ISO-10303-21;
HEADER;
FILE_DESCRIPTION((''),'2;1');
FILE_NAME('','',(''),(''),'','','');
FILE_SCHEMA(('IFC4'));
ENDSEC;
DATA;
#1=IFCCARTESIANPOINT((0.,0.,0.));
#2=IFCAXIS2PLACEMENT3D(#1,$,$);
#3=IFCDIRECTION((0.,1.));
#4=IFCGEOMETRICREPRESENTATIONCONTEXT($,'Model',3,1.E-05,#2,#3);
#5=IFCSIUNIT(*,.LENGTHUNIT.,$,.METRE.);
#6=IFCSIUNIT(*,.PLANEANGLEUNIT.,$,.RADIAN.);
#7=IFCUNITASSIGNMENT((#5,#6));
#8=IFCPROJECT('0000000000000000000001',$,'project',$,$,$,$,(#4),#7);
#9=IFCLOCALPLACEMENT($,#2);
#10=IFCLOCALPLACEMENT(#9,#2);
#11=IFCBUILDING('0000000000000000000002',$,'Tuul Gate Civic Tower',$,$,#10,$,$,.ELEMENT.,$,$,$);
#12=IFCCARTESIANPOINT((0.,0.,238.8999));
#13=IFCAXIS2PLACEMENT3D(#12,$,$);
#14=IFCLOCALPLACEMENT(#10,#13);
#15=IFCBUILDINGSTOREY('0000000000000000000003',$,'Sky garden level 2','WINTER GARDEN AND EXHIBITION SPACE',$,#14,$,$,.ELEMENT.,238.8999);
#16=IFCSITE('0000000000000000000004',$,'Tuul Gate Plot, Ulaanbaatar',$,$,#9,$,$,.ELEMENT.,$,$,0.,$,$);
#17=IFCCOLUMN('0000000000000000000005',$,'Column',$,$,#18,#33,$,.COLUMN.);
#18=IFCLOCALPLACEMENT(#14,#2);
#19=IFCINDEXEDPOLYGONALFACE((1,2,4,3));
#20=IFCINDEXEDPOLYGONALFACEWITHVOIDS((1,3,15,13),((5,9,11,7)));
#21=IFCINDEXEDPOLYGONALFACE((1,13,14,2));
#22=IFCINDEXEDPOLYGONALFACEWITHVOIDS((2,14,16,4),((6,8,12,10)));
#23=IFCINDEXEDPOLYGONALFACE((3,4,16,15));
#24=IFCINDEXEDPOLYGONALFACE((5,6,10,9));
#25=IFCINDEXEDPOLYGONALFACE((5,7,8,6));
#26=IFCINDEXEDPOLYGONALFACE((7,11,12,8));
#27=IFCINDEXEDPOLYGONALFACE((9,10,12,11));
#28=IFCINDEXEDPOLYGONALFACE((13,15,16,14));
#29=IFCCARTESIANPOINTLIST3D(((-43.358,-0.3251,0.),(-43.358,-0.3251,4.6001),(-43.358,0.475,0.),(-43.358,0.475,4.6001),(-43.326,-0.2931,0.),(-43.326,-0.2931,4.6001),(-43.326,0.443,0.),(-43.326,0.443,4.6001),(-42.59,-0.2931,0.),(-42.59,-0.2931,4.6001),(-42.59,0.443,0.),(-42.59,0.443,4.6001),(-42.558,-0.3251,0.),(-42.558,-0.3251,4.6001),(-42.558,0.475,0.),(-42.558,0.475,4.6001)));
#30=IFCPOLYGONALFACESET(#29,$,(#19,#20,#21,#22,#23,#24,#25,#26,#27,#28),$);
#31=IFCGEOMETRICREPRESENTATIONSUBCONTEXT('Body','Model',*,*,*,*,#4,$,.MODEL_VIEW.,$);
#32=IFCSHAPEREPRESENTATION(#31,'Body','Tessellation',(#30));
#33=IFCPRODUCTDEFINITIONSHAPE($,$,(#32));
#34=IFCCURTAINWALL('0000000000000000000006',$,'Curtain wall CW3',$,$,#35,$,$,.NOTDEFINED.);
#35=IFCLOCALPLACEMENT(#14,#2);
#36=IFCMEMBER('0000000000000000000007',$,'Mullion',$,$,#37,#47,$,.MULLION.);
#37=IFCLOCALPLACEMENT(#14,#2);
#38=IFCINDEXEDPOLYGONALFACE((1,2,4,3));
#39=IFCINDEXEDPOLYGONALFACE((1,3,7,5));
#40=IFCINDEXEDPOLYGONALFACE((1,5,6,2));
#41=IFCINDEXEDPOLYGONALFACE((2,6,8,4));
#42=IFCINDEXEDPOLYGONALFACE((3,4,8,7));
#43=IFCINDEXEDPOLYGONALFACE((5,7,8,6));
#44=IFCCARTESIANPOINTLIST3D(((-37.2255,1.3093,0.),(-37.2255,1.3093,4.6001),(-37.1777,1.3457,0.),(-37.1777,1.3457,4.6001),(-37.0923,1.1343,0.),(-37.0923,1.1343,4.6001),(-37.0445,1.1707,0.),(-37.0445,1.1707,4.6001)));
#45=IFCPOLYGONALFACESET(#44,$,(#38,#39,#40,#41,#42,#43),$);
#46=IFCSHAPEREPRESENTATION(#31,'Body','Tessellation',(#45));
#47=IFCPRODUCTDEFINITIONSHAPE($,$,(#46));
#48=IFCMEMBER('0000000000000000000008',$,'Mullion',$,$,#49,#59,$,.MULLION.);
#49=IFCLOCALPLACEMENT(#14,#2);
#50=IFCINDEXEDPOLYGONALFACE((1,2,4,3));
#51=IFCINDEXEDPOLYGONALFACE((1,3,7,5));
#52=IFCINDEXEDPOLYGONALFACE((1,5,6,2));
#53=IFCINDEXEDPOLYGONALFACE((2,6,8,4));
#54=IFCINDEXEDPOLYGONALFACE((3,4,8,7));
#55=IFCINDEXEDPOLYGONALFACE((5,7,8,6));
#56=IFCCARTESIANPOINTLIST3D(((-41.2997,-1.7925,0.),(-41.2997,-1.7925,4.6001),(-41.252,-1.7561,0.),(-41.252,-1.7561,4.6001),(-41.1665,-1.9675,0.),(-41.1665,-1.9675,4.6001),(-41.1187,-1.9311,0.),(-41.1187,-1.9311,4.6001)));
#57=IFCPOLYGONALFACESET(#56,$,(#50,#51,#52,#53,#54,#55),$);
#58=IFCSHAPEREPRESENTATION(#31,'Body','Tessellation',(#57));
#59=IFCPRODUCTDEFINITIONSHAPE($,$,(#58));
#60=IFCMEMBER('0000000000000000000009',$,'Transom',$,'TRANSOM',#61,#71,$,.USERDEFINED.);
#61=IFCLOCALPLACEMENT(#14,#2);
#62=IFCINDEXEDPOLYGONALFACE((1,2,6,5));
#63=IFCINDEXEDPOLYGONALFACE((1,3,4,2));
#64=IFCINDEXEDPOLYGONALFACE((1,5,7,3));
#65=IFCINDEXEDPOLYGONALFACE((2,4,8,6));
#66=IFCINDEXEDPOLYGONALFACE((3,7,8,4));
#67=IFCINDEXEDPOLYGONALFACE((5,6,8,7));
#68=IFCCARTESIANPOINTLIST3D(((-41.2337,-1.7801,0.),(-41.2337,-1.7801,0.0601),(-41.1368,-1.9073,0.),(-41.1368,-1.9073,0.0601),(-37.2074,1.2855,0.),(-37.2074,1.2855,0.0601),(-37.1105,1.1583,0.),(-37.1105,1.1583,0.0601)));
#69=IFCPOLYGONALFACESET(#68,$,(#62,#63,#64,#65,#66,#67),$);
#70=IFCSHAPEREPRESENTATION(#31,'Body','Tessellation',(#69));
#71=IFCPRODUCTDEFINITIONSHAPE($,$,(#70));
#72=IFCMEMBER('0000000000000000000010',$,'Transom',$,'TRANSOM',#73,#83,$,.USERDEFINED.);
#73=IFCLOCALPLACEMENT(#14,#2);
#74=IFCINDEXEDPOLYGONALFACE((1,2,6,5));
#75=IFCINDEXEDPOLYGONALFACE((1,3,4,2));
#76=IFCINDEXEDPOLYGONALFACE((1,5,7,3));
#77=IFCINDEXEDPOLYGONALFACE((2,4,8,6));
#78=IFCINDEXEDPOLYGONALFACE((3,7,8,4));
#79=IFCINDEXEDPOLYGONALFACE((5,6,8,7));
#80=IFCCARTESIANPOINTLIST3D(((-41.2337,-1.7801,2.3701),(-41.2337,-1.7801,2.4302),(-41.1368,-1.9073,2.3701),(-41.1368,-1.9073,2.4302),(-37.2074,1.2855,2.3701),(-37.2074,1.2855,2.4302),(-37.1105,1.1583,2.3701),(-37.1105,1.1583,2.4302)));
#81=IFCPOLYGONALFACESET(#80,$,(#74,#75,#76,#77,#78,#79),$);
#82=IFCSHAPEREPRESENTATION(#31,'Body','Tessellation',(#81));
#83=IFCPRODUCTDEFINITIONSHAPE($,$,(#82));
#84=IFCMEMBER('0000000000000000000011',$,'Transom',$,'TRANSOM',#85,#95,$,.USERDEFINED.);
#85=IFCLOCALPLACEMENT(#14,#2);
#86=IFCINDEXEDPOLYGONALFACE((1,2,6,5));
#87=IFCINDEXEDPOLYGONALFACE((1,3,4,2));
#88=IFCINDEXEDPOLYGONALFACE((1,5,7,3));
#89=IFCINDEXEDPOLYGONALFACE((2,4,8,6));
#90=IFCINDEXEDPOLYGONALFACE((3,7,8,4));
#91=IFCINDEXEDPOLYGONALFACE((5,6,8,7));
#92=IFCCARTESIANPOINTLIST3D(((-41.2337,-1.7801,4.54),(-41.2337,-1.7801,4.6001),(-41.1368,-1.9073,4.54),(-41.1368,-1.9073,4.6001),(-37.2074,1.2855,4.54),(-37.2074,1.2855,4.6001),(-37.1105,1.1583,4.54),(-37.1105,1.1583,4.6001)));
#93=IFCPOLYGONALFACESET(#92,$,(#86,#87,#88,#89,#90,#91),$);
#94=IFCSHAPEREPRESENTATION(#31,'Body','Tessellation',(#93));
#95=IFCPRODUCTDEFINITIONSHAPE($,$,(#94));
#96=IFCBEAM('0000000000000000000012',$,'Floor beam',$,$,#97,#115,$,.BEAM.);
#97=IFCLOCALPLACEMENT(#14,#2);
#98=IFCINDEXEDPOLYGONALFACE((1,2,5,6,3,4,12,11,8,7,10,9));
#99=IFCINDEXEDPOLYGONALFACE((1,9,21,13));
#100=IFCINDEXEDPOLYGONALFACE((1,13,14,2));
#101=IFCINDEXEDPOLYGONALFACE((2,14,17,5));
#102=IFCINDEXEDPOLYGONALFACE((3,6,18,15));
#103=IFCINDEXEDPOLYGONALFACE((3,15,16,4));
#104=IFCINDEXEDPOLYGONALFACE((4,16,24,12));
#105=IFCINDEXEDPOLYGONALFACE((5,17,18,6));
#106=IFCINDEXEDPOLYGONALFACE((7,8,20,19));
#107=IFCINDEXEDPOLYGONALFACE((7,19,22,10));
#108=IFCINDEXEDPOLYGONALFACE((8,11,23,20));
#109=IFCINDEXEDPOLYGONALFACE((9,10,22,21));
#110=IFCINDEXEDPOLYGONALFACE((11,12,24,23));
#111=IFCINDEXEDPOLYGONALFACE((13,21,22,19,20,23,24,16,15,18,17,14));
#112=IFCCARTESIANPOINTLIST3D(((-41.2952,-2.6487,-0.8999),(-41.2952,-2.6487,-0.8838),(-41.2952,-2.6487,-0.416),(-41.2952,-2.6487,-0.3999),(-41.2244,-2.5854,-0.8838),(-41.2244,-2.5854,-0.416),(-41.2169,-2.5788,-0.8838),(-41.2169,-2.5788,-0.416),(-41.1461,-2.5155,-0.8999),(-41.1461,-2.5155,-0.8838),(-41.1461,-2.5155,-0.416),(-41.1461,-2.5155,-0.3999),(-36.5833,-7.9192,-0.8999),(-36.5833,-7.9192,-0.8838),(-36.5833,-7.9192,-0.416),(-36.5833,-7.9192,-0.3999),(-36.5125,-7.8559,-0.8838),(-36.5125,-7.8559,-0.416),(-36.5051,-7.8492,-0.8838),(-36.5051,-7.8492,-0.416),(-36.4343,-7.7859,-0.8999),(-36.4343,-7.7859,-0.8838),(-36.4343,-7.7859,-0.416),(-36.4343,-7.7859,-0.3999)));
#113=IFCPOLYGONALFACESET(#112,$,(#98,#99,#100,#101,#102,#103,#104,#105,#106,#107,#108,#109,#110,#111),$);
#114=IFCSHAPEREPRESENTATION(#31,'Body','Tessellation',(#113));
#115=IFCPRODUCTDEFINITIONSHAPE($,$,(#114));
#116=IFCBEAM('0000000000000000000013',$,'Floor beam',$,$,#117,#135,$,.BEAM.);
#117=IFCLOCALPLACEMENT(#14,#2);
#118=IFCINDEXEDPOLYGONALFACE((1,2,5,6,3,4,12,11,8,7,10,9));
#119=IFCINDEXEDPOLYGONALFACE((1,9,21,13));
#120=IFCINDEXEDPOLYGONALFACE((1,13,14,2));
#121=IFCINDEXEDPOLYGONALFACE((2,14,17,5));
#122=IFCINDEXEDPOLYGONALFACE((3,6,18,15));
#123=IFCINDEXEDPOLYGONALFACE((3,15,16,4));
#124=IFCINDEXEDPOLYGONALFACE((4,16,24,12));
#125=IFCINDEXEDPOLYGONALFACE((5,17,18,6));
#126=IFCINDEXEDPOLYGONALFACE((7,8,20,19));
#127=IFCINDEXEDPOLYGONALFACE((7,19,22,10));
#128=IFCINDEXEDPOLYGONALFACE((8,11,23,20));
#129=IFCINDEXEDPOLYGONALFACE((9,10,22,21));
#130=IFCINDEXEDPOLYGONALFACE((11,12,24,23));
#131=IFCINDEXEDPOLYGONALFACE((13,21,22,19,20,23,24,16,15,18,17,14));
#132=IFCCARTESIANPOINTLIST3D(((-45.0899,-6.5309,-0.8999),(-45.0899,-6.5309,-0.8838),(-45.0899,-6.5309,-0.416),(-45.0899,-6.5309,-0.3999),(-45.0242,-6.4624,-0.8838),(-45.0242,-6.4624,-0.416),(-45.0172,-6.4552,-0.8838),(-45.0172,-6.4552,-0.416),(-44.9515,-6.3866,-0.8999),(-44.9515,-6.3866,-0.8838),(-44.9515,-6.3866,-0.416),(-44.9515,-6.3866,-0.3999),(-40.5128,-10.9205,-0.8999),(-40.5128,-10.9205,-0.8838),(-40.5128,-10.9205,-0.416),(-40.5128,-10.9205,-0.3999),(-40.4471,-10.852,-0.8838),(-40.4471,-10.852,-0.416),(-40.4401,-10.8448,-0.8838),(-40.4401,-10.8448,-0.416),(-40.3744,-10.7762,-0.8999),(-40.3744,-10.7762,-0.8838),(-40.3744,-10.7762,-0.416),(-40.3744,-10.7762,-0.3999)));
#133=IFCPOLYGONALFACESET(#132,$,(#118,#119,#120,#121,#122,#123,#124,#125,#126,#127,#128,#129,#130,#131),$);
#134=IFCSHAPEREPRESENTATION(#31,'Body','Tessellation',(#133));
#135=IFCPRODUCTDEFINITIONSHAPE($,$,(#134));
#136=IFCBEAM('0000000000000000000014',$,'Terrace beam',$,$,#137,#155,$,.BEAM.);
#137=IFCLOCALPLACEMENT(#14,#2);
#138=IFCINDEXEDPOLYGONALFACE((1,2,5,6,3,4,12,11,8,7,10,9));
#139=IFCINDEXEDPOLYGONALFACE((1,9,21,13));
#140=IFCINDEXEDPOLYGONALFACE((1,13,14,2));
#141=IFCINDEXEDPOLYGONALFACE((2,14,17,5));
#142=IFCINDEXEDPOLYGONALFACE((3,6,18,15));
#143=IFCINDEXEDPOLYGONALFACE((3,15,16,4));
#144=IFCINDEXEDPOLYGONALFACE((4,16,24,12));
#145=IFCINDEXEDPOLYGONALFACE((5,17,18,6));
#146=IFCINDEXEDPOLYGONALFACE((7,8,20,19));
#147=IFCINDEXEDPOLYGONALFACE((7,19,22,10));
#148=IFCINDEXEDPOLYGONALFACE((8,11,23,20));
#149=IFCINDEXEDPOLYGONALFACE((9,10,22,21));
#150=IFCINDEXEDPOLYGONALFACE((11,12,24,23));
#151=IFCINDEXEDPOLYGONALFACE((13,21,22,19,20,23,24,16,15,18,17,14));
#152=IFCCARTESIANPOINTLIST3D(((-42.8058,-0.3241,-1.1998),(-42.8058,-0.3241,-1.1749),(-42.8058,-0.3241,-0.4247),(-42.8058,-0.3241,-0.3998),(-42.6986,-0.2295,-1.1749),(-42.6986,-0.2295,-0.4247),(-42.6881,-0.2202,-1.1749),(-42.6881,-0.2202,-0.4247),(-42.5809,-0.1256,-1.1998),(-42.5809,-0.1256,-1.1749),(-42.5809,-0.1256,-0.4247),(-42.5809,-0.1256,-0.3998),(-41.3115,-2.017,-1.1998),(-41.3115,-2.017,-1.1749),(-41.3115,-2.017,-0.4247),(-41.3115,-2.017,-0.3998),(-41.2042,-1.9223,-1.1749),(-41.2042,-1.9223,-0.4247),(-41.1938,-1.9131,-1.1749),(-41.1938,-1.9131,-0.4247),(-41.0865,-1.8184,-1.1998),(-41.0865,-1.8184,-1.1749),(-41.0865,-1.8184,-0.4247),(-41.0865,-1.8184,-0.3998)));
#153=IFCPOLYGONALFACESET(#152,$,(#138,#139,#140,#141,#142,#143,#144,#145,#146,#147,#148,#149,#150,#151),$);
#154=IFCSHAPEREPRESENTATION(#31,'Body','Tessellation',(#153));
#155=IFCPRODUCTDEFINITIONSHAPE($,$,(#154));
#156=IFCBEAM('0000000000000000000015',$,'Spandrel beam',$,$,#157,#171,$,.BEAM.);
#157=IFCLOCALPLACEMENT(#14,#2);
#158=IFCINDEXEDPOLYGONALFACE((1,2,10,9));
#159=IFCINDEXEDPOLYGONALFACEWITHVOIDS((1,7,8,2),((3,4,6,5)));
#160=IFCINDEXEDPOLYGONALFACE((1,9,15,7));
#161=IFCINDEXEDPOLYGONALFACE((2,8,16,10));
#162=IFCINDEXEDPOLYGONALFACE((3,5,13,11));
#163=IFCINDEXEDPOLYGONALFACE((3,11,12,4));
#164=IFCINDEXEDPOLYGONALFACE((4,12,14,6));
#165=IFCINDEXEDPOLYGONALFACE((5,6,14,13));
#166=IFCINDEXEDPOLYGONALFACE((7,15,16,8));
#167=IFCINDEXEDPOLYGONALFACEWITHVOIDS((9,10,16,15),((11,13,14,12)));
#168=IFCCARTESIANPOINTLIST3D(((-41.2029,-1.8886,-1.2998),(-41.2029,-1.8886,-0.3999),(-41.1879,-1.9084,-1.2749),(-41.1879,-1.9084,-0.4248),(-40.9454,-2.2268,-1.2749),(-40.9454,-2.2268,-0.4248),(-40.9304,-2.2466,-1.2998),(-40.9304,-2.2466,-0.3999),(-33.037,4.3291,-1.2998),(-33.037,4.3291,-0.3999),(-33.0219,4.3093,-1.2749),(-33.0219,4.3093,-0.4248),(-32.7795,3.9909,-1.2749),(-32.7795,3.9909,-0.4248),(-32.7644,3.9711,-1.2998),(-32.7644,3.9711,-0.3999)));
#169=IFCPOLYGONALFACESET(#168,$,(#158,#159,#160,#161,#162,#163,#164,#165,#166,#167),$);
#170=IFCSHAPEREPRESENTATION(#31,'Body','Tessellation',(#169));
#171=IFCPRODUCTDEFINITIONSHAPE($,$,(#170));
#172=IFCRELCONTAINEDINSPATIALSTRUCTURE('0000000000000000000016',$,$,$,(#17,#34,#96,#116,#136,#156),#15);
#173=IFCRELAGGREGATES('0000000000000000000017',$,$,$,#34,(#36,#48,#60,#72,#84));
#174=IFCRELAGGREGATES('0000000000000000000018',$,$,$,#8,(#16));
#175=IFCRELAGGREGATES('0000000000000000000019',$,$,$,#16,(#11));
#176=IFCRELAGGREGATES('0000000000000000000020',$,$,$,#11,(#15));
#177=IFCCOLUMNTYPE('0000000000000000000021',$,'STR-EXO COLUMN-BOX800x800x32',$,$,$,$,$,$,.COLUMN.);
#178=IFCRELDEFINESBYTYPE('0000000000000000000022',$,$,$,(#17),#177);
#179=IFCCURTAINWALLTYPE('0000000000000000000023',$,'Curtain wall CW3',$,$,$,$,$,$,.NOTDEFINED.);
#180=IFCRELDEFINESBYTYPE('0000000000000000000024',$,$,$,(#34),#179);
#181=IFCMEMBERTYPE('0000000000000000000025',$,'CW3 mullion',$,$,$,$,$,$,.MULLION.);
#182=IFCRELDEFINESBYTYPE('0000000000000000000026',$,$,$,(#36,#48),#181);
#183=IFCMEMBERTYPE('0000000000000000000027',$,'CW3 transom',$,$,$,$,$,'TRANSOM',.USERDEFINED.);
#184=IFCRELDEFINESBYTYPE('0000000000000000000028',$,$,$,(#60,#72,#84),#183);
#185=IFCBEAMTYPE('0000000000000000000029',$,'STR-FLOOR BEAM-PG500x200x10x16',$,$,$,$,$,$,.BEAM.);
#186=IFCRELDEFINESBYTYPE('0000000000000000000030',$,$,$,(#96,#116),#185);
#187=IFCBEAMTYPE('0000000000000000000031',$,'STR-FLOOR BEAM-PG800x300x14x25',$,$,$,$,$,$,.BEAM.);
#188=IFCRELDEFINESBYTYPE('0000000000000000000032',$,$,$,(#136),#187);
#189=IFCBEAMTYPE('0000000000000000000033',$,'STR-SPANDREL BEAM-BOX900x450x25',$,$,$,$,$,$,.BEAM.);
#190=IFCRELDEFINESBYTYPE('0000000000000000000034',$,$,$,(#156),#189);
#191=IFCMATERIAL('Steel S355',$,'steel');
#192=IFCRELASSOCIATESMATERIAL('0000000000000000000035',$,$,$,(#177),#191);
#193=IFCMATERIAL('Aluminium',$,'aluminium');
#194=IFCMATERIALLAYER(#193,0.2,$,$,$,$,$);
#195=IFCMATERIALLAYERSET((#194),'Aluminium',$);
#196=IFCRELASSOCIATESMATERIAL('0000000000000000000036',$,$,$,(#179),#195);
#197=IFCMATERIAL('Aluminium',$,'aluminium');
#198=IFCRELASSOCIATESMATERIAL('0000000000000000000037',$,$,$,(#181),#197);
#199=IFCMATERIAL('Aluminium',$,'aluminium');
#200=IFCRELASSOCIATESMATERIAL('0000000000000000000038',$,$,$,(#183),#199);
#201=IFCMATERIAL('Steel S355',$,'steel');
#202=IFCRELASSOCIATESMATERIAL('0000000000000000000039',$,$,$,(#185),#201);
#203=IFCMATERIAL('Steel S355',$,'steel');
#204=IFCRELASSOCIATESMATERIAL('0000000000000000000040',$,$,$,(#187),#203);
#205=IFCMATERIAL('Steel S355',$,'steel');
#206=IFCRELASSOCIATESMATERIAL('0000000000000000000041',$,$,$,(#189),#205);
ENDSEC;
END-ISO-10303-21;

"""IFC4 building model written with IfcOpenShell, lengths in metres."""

from ifc_helpers import new_model, si_unit, direction, frame, origin, origin_2d, place, context, subcontext, project, spatial, rectangle, hollow_rectangle, i_section, extrude, material, layer, layer_set, material_profile, profile_set, type_object, element, aggregate, save


model = new_model("IFC4")

# Units and contexts
model_context = context("Model", 3, precision=1e-05, world=origin(), true_north=direction((0.0, 1.0)))
body_context = subcontext(model_context, "Body", "Model", "MODEL_VIEW")
ifc_project = project(units=[si_unit("LENGTHUNIT", "METRE"), si_unit("PLANEANGLEUNIT", "RADIAN")], contexts=[model_context])

# Site, building, storey
site_placement = place(None, origin())
site = spatial("IfcSite", under=ifc_project, at=site_placement, Name="Tuul Gate Plot, Ulaanbaatar", CompositionType="ELEMENT", RefElevation=0.0)
building_placement = place(site_placement, origin())
building = spatial("IfcBuilding", under=site, at=building_placement, Name="Tuul Gate Civic Tower", CompositionType="ELEMENT")
storey_placement = place(building_placement, frame((0.0, 0.0, 238.8999)))
storey = spatial("IfcBuildingStorey", under=building, at=storey_placement, Name="Sky garden level 2", Description="WINTER GARDEN AND EXHIBITION SPACE", CompositionType="ELEMENT", Elevation=238.8999)

# Column
ifc_material_1 = material(Name="Steel S355", Category="steel")
ifc_material_profile_1 = material_profile(ifc_material_1, hollow_rectangle(XDim=0.8, YDim=0.8, WallThickness=0.032, at=origin_2d()), Name="BOX800x800x32")
ifc_profile_set_1 = profile_set([ifc_material_profile_1], Name="Steel S355")
column_type = type_object("IfcColumnType", Name="STR-EXO COLUMN-BOX800x800x32", PredefinedType="COLUMN", material=ifc_profile_set_1)
column_placement = place(storey_placement, frame((-42.958, 0.075, 0.0), z_axis=(0.0, 0.0, 1.0), x_axis=(1.0, 0.0, 0.0)))
element("IfcColumn", 1, at=column_placement, inside=storey, type_object=column_type, Name="Column", PredefinedType="COLUMN", context=body_context, shape_type="SweptSolid", body=[
    extrude(hollow_rectangle(XDim=0.8, YDim=0.8, WallThickness=0.032, at=origin_2d()), origin(), (0.0, 0.0, 1.0), 4.6001),
])

# Curtain wall, members
ifc_material_2 = material(Name="Aluminium", Category="aluminium")
ifc_layer_1 = layer(ifc_material_2, 0.2)
ifc_layer_set_1 = layer_set([ifc_layer_1], Name="Aluminium")
curtain_wall_type = type_object("IfcCurtainWallType", Name="Curtain wall CW3", PredefinedType="NOTDEFINED", material=ifc_layer_set_1)
curtain_wall_placement = place(storey_placement, origin())
curtain_wall = element("IfcCurtainWall", 2, at=curtain_wall_placement, inside=storey, type_object=curtain_wall_type, Name="Curtain wall CW3", PredefinedType="NOTDEFINED")
ifc_material_3 = material(Name="Aluminium", Category="aluminium")
ifc_material_profile_2 = material_profile(ifc_material_3, rectangle(XDim=0.22, YDim=0.0601, at=origin_2d()), Name="CW3 mullion")
ifc_profile_set_2 = profile_set([ifc_material_profile_2], Name="Aluminium")
member_type_1 = type_object("IfcMemberType", Name="CW3 mullion", PredefinedType="MULLION", material=ifc_profile_set_2)
member_1_placement = place(storey_placement, frame((-37.135, 1.24, 0.0), z_axis=(0.0, 0.0, 1.0), x_axis=(0.605762, -0.795646, 0.0)))
member_1 = element("IfcMember", 3, at=member_1_placement, type_object=member_type_1, Name="Mullion", PredefinedType="MULLION", context=body_context, shape_type="SweptSolid", body=[
    extrude(rectangle(XDim=0.22, YDim=0.0601, at=origin_2d()), origin(), (0.0, 0.0, 1.0), 4.6001),
])
member_2_placement = place(storey_placement, frame((-41.2092, -1.8618, 0.0), z_axis=(0.0, 0.0, 1.0), x_axis=(0.605762, -0.795646, 0.0)))
member_2 = element("IfcMember", 4, at=member_2_placement, type_object=member_type_1, Name="Mullion", PredefinedType="MULLION", context=body_context, shape_type="SweptSolid", body=[
    extrude(rectangle(XDim=0.22, YDim=0.0601, at=origin_2d()), origin(), (0.0, 0.0, 1.0), 4.6001),
])
ifc_material_4 = material(Name="Aluminium", Category="aluminium")
ifc_material_profile_3 = material_profile(ifc_material_4, rectangle(XDim=0.1599, YDim=0.0601, at=origin_2d()), Name="CW3 transom")
ifc_profile_set_3 = profile_set([ifc_material_profile_3], Name="Aluminium")
member_type_2 = type_object("IfcMemberType", Name="CW3 transom", ElementType="TRANSOM", PredefinedType="USERDEFINED", material=ifc_profile_set_3)
member_3_placement = place(storey_placement, frame((-37.1589, 1.2219, 0.03), z_axis=(-0.795625, -0.605789, 0.0), x_axis=(0.605789, -0.795625, 0.0)))
member_3 = element("IfcMember", 5, at=member_3_placement, type_object=member_type_2, Name="Transom", ObjectType="TRANSOM", PredefinedType="USERDEFINED", context=body_context, shape_type="SweptSolid", body=[
    extrude(rectangle(XDim=0.1599, YDim=0.0601, at=origin_2d()), origin(), (0.0, 0.0, 1.0), 5.0605),
])
member_4_placement = place(storey_placement, frame((-37.1589, 1.2219, 2.4001), z_axis=(-0.795625, -0.605789, 0.0), x_axis=(0.605789, -0.795625, 0.0)))
member_4 = element("IfcMember", 6, at=member_4_placement, type_object=member_type_2, Name="Transom", ObjectType="TRANSOM", PredefinedType="USERDEFINED", context=body_context, shape_type="SweptSolid", body=[
    extrude(rectangle(XDim=0.1599, YDim=0.0601, at=origin_2d()), origin(), (0.0, 0.0, 1.0), 5.0605),
])
member_5_placement = place(storey_placement, frame((-37.1589, 1.2219, 4.5701), z_axis=(-0.795625, -0.605789, 0.0), x_axis=(0.605789, -0.795625, 0.0)))
member_5 = element("IfcMember", 7, at=member_5_placement, type_object=member_type_2, Name="Transom", ObjectType="TRANSOM", PredefinedType="USERDEFINED", context=body_context, shape_type="SweptSolid", body=[
    extrude(rectangle(XDim=0.1599, YDim=0.0601, at=origin_2d()), origin(), (0.0, 0.0, 1.0), 5.0605),
])

# Beams
ifc_material_5 = material(Name="Steel S355", Category="steel")
ifc_material_profile_4 = material_profile(ifc_material_5, i_section(OverallWidth=0.2, OverallDepth=0.5, WebThickness=0.01, FlangeThickness=0.0161, at=origin_2d()), Name="PG500x200x10x16")
ifc_profile_set_4 = profile_set([ifc_material_profile_4], Name="Steel S355")
beam_type_1 = type_object("IfcBeamType", Name="STR-FLOOR BEAM-PG500x200x10x16", PredefinedType="BEAM", material=ifc_profile_set_4)
beam_1_placement = place(storey_placement, frame((-36.5088, -7.8525, -0.6499), z_axis=(-0.666496, 0.745509, 0.0), x_axis=(-0.745509, -0.666496, 0.0)))
element("IfcBeam", 8, at=beam_1_placement, inside=storey, type_object=beam_type_1, Name="Floor beam", PredefinedType="BEAM", context=body_context, shape_type="SweptSolid", body=[
    extrude(i_section(OverallWidth=0.2, OverallDepth=0.5, WebThickness=0.01, FlangeThickness=0.0161, at=origin_2d()), origin(), (0.0, 0.0, 1.0), 7.0696),
])
beam_2_placement = place(storey_placement, frame((-40.4436, -10.8484, -0.6499), z_axis=(-0.721735, 0.69217, 0.0), x_axis=(-0.69217, -0.721735, 0.0)))
element("IfcBeam", 9, at=beam_2_placement, inside=storey, type_object=beam_type_1, Name="Floor beam", PredefinedType="BEAM", context=body_context, shape_type="SweptSolid", body=[
    extrude(i_section(OverallWidth=0.2, OverallDepth=0.5, WebThickness=0.01, FlangeThickness=0.0161, at=origin_2d()), origin(), (0.0, 0.0, 1.0), 6.3418),
])
ifc_material_6 = material(Name="Steel S355", Category="steel")
ifc_material_profile_5 = material_profile(ifc_material_6, i_section(OverallWidth=0.3, OverallDepth=0.8, WebThickness=0.0139, FlangeThickness=0.0249, at=origin_2d()), Name="PG800x300x14x25")
ifc_profile_set_5 = profile_set([ifc_material_profile_5], Name="Steel S355")
beam_type_2 = type_object("IfcBeamType", Name="STR-FLOOR BEAM-PG800x300x14x25", PredefinedType="BEAM", material=ifc_profile_set_5)
beam_3_placement = place(storey_placement, frame((-42.6934, -0.2249, -0.7998), z_axis=(0.66179, -0.74969, 0.0), x_axis=(0.74969, 0.66179, 0.0)))
element("IfcBeam", 10, at=beam_3_placement, inside=storey, type_object=beam_type_2, Name="Terrace beam", PredefinedType="BEAM", context=body_context, shape_type="SweptSolid", body=[
    extrude(i_section(OverallWidth=0.3, OverallDepth=0.8, WebThickness=0.0139, FlangeThickness=0.0249, at=origin_2d()), origin(), (0.0, 0.0, 1.0), 2.2581),
])
ifc_material_7 = material(Name="Steel S355", Category="steel")
ifc_material_profile_6 = material_profile(ifc_material_7, hollow_rectangle(XDim=0.45, YDim=0.8999, WallThickness=0.0249, at=origin_2d()), Name="BOX900x450x25")
ifc_profile_set_6 = profile_set([ifc_material_profile_6], Name="Steel S355")
beam_type_3 = type_object("IfcBeamType", Name="STR-SPANDREL BEAM-BOX900x450x25", PredefinedType="BEAM", material=ifc_profile_set_6)
beam_4_placement = place(storey_placement, frame((-41.0667, -2.0676, -0.8499), z_axis=(0.795617, 0.6058, 0.0), x_axis=(-0.6058, 0.795617, 0.0)))
element("IfcBeam", 11, at=beam_4_placement, inside=storey, type_object=beam_type_3, Name="Spandrel beam", PredefinedType="BEAM", context=body_context, shape_type="SweptSolid", body=[
    extrude(hollow_rectangle(XDim=0.45, YDim=0.8999, WallThickness=0.0249, at=origin_2d()), origin(), (0.0, 0.0, 1.0), 10.2637),
])

aggregate(curtain_wall, [member_1, member_2, member_3, member_4, member_5])

save(model, "model.ifc")
